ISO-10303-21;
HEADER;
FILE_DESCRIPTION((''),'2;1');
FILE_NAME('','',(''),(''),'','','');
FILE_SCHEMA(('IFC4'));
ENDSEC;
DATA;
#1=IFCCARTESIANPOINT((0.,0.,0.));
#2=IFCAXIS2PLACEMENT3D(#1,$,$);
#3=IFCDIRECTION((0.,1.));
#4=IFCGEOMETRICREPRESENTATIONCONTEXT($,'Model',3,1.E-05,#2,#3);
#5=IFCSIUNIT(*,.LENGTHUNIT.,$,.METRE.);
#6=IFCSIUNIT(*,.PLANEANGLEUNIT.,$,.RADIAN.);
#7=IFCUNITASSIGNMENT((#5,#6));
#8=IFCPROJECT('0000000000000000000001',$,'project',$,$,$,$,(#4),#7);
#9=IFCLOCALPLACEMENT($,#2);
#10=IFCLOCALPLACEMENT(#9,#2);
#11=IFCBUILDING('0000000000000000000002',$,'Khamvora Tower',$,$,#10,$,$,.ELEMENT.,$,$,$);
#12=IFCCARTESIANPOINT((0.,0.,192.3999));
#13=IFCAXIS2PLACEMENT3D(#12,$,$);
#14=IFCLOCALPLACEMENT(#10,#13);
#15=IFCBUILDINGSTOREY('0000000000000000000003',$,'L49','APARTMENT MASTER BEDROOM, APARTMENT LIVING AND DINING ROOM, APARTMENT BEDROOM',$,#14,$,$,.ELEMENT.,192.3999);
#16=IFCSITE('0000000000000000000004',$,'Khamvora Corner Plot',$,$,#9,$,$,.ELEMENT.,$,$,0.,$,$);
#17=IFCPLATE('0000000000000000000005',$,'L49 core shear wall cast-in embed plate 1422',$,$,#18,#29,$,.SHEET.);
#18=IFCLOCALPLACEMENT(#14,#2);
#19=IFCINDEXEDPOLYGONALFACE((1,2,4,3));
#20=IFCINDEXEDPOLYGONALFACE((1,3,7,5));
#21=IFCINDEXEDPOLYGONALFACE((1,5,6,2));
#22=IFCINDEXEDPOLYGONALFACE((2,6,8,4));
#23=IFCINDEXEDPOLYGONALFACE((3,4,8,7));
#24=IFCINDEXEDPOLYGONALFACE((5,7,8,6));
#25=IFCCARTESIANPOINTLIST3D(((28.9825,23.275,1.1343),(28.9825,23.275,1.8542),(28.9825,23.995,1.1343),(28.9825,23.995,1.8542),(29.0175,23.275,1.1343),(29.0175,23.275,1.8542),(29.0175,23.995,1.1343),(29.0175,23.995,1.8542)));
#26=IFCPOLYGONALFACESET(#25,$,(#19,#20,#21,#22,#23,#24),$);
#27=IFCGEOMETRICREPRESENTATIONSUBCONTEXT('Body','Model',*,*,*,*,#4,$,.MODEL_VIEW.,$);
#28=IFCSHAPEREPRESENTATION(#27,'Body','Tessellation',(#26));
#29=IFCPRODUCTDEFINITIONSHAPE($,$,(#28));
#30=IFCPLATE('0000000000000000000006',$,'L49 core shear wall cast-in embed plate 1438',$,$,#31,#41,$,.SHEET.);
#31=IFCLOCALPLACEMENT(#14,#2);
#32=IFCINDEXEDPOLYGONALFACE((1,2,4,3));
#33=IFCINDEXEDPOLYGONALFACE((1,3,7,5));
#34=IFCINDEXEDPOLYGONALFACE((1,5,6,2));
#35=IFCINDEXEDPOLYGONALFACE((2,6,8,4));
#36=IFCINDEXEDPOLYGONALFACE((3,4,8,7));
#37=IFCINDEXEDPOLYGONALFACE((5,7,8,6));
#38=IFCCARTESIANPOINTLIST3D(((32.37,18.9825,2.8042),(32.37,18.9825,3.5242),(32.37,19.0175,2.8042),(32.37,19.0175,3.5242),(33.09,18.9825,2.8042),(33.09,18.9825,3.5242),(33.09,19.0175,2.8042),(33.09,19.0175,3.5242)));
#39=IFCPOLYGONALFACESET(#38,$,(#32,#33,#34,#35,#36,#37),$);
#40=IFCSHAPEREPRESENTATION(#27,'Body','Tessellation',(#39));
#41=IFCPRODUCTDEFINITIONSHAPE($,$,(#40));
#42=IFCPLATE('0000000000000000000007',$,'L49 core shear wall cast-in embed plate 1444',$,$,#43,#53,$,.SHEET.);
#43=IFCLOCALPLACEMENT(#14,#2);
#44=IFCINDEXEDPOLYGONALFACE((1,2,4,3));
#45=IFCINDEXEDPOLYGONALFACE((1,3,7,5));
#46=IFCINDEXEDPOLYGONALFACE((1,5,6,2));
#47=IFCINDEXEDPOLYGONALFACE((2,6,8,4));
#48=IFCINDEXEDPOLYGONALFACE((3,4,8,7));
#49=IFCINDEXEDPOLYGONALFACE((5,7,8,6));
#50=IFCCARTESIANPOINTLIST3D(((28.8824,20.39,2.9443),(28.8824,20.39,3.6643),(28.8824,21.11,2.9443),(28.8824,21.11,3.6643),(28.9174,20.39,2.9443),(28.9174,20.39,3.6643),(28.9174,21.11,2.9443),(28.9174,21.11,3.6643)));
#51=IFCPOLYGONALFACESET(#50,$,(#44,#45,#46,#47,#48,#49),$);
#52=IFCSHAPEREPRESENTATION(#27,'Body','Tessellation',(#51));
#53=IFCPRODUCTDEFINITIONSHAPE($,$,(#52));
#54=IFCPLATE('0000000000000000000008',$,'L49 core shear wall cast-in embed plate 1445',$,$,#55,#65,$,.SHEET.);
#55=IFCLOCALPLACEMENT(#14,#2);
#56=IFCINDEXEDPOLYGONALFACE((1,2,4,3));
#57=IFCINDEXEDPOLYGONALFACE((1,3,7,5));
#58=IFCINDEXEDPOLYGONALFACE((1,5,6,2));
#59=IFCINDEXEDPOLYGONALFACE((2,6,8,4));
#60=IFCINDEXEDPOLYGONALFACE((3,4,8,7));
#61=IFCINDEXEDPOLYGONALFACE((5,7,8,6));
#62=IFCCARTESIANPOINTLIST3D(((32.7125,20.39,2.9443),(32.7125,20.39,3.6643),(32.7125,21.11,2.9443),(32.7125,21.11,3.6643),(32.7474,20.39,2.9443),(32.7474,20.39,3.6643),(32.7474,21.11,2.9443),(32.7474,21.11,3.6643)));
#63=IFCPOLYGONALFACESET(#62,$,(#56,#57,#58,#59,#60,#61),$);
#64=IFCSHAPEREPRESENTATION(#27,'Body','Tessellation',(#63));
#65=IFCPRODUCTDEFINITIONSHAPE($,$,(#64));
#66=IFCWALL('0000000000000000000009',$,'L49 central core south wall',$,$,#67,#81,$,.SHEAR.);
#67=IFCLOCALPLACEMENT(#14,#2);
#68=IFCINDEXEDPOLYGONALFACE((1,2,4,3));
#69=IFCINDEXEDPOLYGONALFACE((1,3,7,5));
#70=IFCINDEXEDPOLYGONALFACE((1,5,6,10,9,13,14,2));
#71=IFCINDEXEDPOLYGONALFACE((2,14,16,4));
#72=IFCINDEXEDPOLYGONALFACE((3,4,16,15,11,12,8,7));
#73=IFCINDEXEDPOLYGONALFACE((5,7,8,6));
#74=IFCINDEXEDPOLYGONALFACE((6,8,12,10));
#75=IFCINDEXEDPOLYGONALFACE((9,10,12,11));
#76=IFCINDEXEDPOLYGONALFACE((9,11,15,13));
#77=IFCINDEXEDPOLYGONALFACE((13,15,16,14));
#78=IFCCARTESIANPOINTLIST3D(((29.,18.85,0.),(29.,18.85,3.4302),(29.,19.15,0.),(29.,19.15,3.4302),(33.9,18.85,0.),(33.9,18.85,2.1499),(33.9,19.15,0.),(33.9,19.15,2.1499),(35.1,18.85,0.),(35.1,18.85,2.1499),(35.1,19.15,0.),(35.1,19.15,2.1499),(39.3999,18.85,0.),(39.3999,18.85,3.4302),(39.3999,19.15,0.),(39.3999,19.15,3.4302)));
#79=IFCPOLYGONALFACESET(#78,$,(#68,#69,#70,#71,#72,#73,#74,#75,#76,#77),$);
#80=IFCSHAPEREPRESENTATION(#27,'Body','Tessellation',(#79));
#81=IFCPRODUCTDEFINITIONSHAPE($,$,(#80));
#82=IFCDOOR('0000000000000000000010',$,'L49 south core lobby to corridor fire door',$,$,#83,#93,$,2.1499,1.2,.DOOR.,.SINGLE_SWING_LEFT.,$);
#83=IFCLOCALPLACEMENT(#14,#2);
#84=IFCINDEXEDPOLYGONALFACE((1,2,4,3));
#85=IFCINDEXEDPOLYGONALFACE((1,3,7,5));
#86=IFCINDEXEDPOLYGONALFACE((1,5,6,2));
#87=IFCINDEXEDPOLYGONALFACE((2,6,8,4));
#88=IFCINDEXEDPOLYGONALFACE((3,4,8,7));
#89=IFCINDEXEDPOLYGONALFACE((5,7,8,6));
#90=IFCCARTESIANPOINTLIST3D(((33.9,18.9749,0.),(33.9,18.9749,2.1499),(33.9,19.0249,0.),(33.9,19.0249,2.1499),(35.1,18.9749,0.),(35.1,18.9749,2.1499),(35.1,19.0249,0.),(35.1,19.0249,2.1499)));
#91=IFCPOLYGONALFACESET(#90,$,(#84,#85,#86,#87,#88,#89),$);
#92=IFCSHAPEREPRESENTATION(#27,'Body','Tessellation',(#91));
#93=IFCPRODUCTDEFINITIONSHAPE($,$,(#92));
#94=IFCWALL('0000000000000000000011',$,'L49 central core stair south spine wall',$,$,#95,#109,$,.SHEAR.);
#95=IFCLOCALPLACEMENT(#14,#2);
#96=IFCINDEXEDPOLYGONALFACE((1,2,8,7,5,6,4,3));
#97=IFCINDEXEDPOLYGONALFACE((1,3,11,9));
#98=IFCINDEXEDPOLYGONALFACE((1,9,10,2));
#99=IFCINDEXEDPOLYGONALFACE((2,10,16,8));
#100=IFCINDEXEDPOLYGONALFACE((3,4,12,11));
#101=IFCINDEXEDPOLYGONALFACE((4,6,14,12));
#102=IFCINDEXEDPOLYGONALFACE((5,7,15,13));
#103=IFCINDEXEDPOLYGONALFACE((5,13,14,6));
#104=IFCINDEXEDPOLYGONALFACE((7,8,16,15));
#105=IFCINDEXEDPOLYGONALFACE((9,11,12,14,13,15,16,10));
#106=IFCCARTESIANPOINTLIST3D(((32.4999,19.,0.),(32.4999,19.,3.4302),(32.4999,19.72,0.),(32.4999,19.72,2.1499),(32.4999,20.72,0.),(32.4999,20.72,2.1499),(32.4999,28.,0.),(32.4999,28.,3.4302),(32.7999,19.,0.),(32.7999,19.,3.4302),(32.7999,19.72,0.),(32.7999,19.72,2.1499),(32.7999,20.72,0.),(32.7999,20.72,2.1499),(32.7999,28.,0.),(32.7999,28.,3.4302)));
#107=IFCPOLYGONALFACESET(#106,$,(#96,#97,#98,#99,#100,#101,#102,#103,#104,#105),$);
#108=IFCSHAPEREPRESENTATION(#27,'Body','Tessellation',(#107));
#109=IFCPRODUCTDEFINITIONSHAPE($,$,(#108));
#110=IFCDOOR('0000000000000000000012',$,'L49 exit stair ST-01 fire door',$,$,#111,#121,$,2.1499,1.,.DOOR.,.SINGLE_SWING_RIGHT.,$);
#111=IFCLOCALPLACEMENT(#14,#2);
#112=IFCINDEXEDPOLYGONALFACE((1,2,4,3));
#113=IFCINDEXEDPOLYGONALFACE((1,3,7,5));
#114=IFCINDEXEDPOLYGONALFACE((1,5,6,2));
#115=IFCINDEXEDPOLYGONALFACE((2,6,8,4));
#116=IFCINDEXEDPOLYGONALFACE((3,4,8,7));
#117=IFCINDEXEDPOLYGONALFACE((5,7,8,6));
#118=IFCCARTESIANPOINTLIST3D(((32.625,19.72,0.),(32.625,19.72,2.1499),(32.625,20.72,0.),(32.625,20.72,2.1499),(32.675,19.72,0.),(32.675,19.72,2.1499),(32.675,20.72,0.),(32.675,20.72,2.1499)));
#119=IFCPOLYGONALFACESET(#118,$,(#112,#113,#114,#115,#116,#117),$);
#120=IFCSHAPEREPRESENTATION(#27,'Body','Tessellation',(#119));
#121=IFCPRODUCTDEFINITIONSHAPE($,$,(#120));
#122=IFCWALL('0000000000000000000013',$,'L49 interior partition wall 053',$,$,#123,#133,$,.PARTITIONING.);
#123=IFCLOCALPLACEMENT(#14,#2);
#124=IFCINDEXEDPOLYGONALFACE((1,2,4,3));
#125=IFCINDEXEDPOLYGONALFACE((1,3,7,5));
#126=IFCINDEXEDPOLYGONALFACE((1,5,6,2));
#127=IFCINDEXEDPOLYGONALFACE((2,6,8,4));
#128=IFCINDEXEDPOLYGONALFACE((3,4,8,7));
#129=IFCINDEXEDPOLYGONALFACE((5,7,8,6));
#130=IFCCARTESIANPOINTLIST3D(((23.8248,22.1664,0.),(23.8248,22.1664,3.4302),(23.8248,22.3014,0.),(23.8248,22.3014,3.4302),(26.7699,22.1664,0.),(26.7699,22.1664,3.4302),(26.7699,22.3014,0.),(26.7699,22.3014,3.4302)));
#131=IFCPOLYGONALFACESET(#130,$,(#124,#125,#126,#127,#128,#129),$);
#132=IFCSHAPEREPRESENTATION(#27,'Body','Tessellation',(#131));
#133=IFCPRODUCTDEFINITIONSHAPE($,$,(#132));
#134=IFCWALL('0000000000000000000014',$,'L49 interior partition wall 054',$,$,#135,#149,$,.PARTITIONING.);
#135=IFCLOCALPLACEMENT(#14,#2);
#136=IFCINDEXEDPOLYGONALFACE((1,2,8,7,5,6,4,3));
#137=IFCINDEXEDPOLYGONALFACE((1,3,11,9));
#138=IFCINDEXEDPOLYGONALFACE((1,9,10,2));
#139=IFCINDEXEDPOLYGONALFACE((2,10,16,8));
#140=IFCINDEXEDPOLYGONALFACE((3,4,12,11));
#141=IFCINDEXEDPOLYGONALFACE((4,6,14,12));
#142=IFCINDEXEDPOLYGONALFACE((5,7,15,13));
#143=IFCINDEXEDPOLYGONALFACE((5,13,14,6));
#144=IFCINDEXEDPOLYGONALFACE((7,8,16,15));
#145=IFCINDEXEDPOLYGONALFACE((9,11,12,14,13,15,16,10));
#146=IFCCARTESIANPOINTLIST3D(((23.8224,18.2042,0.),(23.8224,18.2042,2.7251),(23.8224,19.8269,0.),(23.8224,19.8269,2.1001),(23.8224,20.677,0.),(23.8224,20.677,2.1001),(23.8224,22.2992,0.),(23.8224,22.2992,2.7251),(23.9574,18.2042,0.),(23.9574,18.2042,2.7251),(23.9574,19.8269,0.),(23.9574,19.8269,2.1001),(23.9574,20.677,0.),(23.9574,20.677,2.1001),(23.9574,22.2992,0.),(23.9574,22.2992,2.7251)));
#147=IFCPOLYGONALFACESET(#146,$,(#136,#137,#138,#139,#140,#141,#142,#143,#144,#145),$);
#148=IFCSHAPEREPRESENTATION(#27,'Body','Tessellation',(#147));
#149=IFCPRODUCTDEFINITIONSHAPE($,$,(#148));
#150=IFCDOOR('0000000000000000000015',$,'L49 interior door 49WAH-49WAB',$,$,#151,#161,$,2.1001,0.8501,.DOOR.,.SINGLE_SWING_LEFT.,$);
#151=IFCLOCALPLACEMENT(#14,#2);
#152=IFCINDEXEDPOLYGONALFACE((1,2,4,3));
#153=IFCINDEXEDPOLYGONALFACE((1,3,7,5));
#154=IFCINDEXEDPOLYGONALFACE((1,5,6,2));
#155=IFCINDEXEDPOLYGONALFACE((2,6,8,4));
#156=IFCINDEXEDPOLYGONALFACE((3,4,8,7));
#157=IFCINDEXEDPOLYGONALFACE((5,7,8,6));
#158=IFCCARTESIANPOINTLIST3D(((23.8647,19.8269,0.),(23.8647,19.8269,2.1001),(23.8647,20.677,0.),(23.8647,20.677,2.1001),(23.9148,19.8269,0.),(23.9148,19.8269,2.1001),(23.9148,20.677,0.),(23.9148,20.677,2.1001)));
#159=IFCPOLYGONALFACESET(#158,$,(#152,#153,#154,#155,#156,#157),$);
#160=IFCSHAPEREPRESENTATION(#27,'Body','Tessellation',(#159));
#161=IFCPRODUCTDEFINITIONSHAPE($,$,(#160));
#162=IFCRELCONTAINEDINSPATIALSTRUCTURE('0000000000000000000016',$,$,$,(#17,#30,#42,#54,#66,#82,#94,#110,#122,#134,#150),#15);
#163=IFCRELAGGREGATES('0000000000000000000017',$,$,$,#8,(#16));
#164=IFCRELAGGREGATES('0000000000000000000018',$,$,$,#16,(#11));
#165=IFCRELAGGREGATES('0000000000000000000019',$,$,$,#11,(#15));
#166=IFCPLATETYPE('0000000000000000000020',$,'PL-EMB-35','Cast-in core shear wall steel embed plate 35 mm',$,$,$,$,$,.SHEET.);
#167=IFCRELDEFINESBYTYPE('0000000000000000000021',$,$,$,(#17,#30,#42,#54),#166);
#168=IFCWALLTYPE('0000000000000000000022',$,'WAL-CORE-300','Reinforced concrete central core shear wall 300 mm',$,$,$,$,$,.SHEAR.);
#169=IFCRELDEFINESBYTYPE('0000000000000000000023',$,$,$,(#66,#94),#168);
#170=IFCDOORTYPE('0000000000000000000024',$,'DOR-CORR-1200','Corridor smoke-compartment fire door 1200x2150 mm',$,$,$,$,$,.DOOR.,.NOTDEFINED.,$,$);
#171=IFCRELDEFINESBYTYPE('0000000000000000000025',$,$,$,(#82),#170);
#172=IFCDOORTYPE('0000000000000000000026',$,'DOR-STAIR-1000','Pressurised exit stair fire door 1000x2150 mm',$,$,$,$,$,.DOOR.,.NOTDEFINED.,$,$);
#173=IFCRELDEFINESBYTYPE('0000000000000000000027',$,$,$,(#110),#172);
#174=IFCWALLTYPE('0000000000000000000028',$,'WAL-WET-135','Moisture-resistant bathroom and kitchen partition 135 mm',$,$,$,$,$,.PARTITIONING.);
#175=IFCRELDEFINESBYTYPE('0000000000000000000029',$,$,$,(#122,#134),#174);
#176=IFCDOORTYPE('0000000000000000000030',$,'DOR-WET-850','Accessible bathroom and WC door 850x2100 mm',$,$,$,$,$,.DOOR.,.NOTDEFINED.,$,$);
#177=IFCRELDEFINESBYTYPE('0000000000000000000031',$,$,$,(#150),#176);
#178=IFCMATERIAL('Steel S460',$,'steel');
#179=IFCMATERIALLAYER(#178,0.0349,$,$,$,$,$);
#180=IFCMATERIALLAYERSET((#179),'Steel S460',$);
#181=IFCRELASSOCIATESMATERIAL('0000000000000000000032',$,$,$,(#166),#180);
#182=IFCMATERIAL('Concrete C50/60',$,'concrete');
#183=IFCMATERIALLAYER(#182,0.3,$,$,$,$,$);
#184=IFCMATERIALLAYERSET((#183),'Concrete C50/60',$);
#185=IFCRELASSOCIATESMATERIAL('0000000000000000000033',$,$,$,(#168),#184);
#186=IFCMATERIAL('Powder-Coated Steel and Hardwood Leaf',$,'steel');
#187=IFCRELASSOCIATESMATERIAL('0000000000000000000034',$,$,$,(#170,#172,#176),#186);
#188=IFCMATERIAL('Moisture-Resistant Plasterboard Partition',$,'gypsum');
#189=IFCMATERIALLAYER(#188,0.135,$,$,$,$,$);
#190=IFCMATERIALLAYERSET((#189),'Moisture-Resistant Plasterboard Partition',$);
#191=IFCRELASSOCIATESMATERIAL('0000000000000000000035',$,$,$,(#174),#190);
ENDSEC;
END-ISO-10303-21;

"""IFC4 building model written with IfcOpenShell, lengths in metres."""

from ifc_helpers import new_model, si_unit, direction, frame, frame_2d, origin, origin_2d, place, context, subcontext, project, spatial, rectangle, extrude, material, layer, layer_set, type_object, element, fill, save


model = new_model("IFC4")

# Units and contexts
model_context = context("Model", 3, precision=1e-05, world=origin(), true_north=direction((0.0, 1.0)))
body_context = subcontext(model_context, "Body", "Model", "MODEL_VIEW")
ifc_project = project(units=[si_unit("LENGTHUNIT", "METRE"), si_unit("PLANEANGLEUNIT", "RADIAN")], contexts=[model_context])

# Site, building, storey
site_placement = place(None, origin())
site = spatial("IfcSite", under=ifc_project, at=site_placement, Name="Khamvora Corner Plot", CompositionType="ELEMENT", RefElevation=0.0)
building_placement = place(site_placement, origin())
building = spatial("IfcBuilding", under=site, at=building_placement, Name="Khamvora Tower", CompositionType="ELEMENT")
storey_placement = place(building_placement, frame((0.0, 0.0, 192.3999)))
storey = spatial("IfcBuildingStorey", under=building, at=storey_placement, Name="L49", Description="APARTMENT MASTER BEDROOM, APARTMENT LIVING AND DINING ROOM, APARTMENT BEDROOM", CompositionType="ELEMENT", Elevation=192.3999)

# Plates
ifc_material_1 = material(Name="Steel S460", Category="steel")
ifc_layer_1 = layer(ifc_material_1, 0.0349)
ifc_layer_set_1 = layer_set([ifc_layer_1], Name="Steel S460")
plate_type = type_object("IfcPlateType", Name="PL-EMB-35", Description="Cast-in core shear wall steel embed plate 35 mm", PredefinedType="SHEET", material=ifc_layer_set_1)
plate_1_placement = place(storey_placement, frame((29.0, 23.635, 1.1343), z_axis=(0.0, 0.0, 1.0), x_axis=(1.0, 0.0, 0.0)))
element("IfcPlate", 1, at=plate_1_placement, inside=storey, type_object=plate_type, Name="L49 core shear wall cast-in embed plate 1422", PredefinedType="SHEET", context=body_context, shape_type="SweptSolid", body=[
    extrude(rectangle(XDim=0.0349, YDim=0.72, at=origin_2d()), origin(), (0.0, 0.0, 1.0), 0.72),
])
plate_2_placement = place(storey_placement, frame((32.73, 19.0, 2.8042), z_axis=(0.0, 0.0, 1.0), x_axis=(1.0, 0.0, 0.0)))
element("IfcPlate", 2, at=plate_2_placement, inside=storey, type_object=plate_type, Name="L49 core shear wall cast-in embed plate 1438", PredefinedType="SHEET", context=body_context, shape_type="SweptSolid", body=[
    extrude(rectangle(XDim=0.72, YDim=0.0349, at=origin_2d()), origin(), (0.0, 0.0, 1.0), 0.72),
])
for number, where, z_axis, x_axis, name in (
    (3, (28.8999, 20.75, 2.9443), (0.0, 0.0, 1.0), (1.0, 0.0, 0.0), "L49 core shear wall cast-in embed plate 1444"),
    (4, (32.73, 20.75, 2.9443), (0.0, 0.0, 1.0), (1.0, 0.0, 0.0), "L49 core shear wall cast-in embed plate 1445"),
):
    element("IfcPlate", number, at=place(storey_placement, frame(where, z_axis=z_axis, x_axis=x_axis)), inside=storey, type_object=plate_type, Name=name, PredefinedType="SHEET", context=body_context, shape_type="SweptSolid", body=[
        extrude(rectangle(XDim=0.0349, YDim=0.72, at=origin_2d()), origin(), (0.0, 0.0, 1.0), 0.72),
    ])

# Walls, openings, doors
ifc_material_2 = material(Name="Concrete C50/60", Category="concrete")
ifc_layer_2 = layer(ifc_material_2, 0.3)
ifc_layer_set_2 = layer_set([ifc_layer_2], Name="Concrete C50/60")
wall_type_1 = type_object("IfcWallType", Name="WAL-CORE-300", Description="Reinforced concrete central core shear wall 300 mm", PredefinedType="SHEAR", material=ifc_layer_set_2)
wall_1_placement = place(storey_placement, frame((29.0, 19.0, 0.0), z_axis=(0.0, 0.0, 1.0), x_axis=(1.0, 0.0, 0.0)))
wall_1 = element("IfcWall", 5, at=wall_1_placement, inside=storey, type_object=wall_type_1, Name="L49 central core south wall", PredefinedType="SHEAR", context=body_context, shape_type="SweptSolid", body=[
    extrude(rectangle(XDim=10.3999, YDim=0.3, at=frame_2d((5.2, 0.0))), origin(), (0.0, 0.0, 1.0), 3.4302),
])
opening_1_placement = place(wall_1_placement, frame((4.8999, 0.0, 0.0)))
opening_1 = element("IfcOpeningElement", 6, at=opening_1_placement, cuts=wall_1, PredefinedType="OPENING", context=body_context, shape_type="SweptSolid", body=[
    extrude(rectangle(XDim=1.2, YDim=2.1499, at=frame_2d((0.6001, 1.075))), frame((0.0, 0.1599, 0.0), z_axis=(0.0, -1.0, 0.0), x_axis=(1.0, 0.0, 0.0)), (0.0, 0.0, 1.0), 0.3201),
])
ifc_material_3 = material(Name="Powder-Coated Steel and Hardwood Leaf", Category="steel")
door_type_1 = type_object("IfcDoorType", Name="DOR-CORR-1200", Description="Corridor smoke-compartment fire door 1200x2150 mm", OperationType="NOTDEFINED", PredefinedType="DOOR", material=ifc_material_3)
door_1_placement = place(opening_1_placement, origin())
door_1 = element("IfcDoor", 7, at=door_1_placement, inside=storey, type_object=door_type_1, Name="L49 south core lobby to corridor fire door", OperationType="SINGLE_SWING_LEFT", OverallHeight=2.1499, OverallWidth=1.2, PredefinedType="DOOR", context=body_context, shape_type="SweptSolid", body=[
    extrude(rectangle(XDim=1.2, YDim=2.1499, at=frame_2d((0.6001, 1.075))), frame((0.0, 0.0249, 0.0), z_axis=(0.0, -1.0, 0.0), x_axis=(1.0, 0.0, 0.0)), (0.0, 0.0, 1.0), 0.05),
])
fill(opening_1, door_1)
wall_2_placement = place(storey_placement, frame((32.6499, 19.0, 0.0), z_axis=(0.0, 0.0, 1.0), x_axis=(0.0, 1.0, 0.0)))
wall_2 = element("IfcWall", 8, at=wall_2_placement, inside=storey, type_object=wall_type_1, Name="L49 central core stair south spine wall", PredefinedType="SHEAR", context=body_context, shape_type="SweptSolid", body=[
    extrude(rectangle(XDim=9.0, YDim=0.3, at=frame_2d((4.5, 0.0))), origin(), (0.0, 0.0, 1.0), 3.4302),
])
opening_2_placement = place(wall_2_placement, frame((0.72, 0.0, 0.0)))
opening_2 = element("IfcOpeningElement", 9, at=opening_2_placement, cuts=wall_2, PredefinedType="OPENING", context=body_context, shape_type="SweptSolid", body=[
    extrude(rectangle(XDim=1.0, YDim=2.1499, at=frame_2d((0.5, 1.075))), frame((0.0, 0.1599, 0.0), z_axis=(0.0, -1.0, 0.0), x_axis=(1.0, 0.0, 0.0)), (0.0, 0.0, 1.0), 0.3201),
])
door_type_2 = type_object("IfcDoorType", Name="DOR-STAIR-1000", Description="Pressurised exit stair fire door 1000x2150 mm", OperationType="NOTDEFINED", PredefinedType="DOOR", material=ifc_material_3)
door_2_placement = place(opening_2_placement, origin())
door_2 = element("IfcDoor", 10, at=door_2_placement, inside=storey, type_object=door_type_2, Name="L49 exit stair ST-01 fire door", OperationType="SINGLE_SWING_RIGHT", OverallHeight=2.1499, OverallWidth=1.0, PredefinedType="DOOR", context=body_context, shape_type="SweptSolid", body=[
    extrude(rectangle(XDim=1.0, YDim=2.1499, at=frame_2d((0.5, 1.075))), frame((0.0, 0.0249, 0.0), z_axis=(0.0, -1.0, 0.0), x_axis=(1.0, 0.0, 0.0)), (0.0, 0.0, 1.0), 0.05),
])
fill(opening_2, door_2)

# Wall
ifc_material_4 = material(Name="Moisture-Resistant Plasterboard Partition", Category="gypsum")
ifc_layer_3 = layer(ifc_material_4, 0.135)
ifc_layer_set_3 = layer_set([ifc_layer_3], Name="Moisture-Resistant Plasterboard Partition")
wall_type_2 = type_object("IfcWallType", Name="WAL-WET-135", Description="Moisture-resistant bathroom and kitchen partition 135 mm", PredefinedType="PARTITIONING", material=ifc_layer_set_3)
wall_3_placement = place(storey_placement, frame((26.77, 22.2339, 0.0), z_axis=(0.0, 0.0, 1.0), x_axis=(-1.0, 0.0, 0.0)))
element("IfcWall", 11, at=wall_3_placement, inside=storey, type_object=wall_type_2, Name="L49 interior partition wall 053", PredefinedType="PARTITIONING", context=body_context, shape_type="SweptSolid", body=[
    extrude(rectangle(XDim=2.9451, YDim=0.135, at=frame_2d((1.4727, 0.0))), origin(), (0.0, 0.0, 1.0), 3.4302),
])

# Wall, opening, door
wall_4_placement = place(storey_placement, frame((23.8899, 22.2991, 0.0), z_axis=(0.0, 0.0, 1.0), x_axis=(0.0, -1.0, 0.0)))
wall_4 = element("IfcWall", 12, at=wall_4_placement, inside=storey, type_object=wall_type_2, Name="L49 interior partition wall 054", PredefinedType="PARTITIONING", context=body_context, shape_type="SweptSolid", body=[
    extrude(rectangle(XDim=4.095, YDim=0.135, at=frame_2d((2.0474, 0.0))), origin(), (0.0, 0.0, 1.0), 2.7251),
])
opening_3_placement = place(wall_4_placement, frame((1.6221, 0.0, 0.0)))
opening_3 = element("IfcOpeningElement", 13, at=opening_3_placement, cuts=wall_4, PredefinedType="OPENING", context=body_context, shape_type="SweptSolid", body=[
    extrude(rectangle(XDim=0.8501, YDim=2.1001, at=frame_2d((0.425, 1.05))), frame((0.0, 0.0774, 0.0), z_axis=(0.0, -1.0, 0.0), x_axis=(1.0, 0.0, 0.0)), (0.0, 0.0, 1.0), 0.155),
])
door_type_3 = type_object("IfcDoorType", Name="DOR-WET-850", Description="Accessible bathroom and WC door 850x2100 mm", OperationType="NOTDEFINED", PredefinedType="DOOR", material=ifc_material_3)
door_3_placement = place(opening_3_placement, origin())
door_3 = element("IfcDoor", 14, at=door_3_placement, inside=storey, type_object=door_type_3, Name="L49 interior door 49WAH-49WAB", OperationType="SINGLE_SWING_LEFT", OverallHeight=2.1001, OverallWidth=0.8501, PredefinedType="DOOR", context=body_context, shape_type="SweptSolid", body=[
    extrude(rectangle(XDim=0.8501, YDim=2.1001, at=frame_2d((0.425, 1.05))), frame((0.0, 0.0249, 0.0), z_axis=(0.0, -1.0, 0.0), x_axis=(1.0, 0.0, 0.0)), (0.0, 0.0, 1.0), 0.05),
])
fill(opening_3, door_3)

save(model, "model.ifc")
